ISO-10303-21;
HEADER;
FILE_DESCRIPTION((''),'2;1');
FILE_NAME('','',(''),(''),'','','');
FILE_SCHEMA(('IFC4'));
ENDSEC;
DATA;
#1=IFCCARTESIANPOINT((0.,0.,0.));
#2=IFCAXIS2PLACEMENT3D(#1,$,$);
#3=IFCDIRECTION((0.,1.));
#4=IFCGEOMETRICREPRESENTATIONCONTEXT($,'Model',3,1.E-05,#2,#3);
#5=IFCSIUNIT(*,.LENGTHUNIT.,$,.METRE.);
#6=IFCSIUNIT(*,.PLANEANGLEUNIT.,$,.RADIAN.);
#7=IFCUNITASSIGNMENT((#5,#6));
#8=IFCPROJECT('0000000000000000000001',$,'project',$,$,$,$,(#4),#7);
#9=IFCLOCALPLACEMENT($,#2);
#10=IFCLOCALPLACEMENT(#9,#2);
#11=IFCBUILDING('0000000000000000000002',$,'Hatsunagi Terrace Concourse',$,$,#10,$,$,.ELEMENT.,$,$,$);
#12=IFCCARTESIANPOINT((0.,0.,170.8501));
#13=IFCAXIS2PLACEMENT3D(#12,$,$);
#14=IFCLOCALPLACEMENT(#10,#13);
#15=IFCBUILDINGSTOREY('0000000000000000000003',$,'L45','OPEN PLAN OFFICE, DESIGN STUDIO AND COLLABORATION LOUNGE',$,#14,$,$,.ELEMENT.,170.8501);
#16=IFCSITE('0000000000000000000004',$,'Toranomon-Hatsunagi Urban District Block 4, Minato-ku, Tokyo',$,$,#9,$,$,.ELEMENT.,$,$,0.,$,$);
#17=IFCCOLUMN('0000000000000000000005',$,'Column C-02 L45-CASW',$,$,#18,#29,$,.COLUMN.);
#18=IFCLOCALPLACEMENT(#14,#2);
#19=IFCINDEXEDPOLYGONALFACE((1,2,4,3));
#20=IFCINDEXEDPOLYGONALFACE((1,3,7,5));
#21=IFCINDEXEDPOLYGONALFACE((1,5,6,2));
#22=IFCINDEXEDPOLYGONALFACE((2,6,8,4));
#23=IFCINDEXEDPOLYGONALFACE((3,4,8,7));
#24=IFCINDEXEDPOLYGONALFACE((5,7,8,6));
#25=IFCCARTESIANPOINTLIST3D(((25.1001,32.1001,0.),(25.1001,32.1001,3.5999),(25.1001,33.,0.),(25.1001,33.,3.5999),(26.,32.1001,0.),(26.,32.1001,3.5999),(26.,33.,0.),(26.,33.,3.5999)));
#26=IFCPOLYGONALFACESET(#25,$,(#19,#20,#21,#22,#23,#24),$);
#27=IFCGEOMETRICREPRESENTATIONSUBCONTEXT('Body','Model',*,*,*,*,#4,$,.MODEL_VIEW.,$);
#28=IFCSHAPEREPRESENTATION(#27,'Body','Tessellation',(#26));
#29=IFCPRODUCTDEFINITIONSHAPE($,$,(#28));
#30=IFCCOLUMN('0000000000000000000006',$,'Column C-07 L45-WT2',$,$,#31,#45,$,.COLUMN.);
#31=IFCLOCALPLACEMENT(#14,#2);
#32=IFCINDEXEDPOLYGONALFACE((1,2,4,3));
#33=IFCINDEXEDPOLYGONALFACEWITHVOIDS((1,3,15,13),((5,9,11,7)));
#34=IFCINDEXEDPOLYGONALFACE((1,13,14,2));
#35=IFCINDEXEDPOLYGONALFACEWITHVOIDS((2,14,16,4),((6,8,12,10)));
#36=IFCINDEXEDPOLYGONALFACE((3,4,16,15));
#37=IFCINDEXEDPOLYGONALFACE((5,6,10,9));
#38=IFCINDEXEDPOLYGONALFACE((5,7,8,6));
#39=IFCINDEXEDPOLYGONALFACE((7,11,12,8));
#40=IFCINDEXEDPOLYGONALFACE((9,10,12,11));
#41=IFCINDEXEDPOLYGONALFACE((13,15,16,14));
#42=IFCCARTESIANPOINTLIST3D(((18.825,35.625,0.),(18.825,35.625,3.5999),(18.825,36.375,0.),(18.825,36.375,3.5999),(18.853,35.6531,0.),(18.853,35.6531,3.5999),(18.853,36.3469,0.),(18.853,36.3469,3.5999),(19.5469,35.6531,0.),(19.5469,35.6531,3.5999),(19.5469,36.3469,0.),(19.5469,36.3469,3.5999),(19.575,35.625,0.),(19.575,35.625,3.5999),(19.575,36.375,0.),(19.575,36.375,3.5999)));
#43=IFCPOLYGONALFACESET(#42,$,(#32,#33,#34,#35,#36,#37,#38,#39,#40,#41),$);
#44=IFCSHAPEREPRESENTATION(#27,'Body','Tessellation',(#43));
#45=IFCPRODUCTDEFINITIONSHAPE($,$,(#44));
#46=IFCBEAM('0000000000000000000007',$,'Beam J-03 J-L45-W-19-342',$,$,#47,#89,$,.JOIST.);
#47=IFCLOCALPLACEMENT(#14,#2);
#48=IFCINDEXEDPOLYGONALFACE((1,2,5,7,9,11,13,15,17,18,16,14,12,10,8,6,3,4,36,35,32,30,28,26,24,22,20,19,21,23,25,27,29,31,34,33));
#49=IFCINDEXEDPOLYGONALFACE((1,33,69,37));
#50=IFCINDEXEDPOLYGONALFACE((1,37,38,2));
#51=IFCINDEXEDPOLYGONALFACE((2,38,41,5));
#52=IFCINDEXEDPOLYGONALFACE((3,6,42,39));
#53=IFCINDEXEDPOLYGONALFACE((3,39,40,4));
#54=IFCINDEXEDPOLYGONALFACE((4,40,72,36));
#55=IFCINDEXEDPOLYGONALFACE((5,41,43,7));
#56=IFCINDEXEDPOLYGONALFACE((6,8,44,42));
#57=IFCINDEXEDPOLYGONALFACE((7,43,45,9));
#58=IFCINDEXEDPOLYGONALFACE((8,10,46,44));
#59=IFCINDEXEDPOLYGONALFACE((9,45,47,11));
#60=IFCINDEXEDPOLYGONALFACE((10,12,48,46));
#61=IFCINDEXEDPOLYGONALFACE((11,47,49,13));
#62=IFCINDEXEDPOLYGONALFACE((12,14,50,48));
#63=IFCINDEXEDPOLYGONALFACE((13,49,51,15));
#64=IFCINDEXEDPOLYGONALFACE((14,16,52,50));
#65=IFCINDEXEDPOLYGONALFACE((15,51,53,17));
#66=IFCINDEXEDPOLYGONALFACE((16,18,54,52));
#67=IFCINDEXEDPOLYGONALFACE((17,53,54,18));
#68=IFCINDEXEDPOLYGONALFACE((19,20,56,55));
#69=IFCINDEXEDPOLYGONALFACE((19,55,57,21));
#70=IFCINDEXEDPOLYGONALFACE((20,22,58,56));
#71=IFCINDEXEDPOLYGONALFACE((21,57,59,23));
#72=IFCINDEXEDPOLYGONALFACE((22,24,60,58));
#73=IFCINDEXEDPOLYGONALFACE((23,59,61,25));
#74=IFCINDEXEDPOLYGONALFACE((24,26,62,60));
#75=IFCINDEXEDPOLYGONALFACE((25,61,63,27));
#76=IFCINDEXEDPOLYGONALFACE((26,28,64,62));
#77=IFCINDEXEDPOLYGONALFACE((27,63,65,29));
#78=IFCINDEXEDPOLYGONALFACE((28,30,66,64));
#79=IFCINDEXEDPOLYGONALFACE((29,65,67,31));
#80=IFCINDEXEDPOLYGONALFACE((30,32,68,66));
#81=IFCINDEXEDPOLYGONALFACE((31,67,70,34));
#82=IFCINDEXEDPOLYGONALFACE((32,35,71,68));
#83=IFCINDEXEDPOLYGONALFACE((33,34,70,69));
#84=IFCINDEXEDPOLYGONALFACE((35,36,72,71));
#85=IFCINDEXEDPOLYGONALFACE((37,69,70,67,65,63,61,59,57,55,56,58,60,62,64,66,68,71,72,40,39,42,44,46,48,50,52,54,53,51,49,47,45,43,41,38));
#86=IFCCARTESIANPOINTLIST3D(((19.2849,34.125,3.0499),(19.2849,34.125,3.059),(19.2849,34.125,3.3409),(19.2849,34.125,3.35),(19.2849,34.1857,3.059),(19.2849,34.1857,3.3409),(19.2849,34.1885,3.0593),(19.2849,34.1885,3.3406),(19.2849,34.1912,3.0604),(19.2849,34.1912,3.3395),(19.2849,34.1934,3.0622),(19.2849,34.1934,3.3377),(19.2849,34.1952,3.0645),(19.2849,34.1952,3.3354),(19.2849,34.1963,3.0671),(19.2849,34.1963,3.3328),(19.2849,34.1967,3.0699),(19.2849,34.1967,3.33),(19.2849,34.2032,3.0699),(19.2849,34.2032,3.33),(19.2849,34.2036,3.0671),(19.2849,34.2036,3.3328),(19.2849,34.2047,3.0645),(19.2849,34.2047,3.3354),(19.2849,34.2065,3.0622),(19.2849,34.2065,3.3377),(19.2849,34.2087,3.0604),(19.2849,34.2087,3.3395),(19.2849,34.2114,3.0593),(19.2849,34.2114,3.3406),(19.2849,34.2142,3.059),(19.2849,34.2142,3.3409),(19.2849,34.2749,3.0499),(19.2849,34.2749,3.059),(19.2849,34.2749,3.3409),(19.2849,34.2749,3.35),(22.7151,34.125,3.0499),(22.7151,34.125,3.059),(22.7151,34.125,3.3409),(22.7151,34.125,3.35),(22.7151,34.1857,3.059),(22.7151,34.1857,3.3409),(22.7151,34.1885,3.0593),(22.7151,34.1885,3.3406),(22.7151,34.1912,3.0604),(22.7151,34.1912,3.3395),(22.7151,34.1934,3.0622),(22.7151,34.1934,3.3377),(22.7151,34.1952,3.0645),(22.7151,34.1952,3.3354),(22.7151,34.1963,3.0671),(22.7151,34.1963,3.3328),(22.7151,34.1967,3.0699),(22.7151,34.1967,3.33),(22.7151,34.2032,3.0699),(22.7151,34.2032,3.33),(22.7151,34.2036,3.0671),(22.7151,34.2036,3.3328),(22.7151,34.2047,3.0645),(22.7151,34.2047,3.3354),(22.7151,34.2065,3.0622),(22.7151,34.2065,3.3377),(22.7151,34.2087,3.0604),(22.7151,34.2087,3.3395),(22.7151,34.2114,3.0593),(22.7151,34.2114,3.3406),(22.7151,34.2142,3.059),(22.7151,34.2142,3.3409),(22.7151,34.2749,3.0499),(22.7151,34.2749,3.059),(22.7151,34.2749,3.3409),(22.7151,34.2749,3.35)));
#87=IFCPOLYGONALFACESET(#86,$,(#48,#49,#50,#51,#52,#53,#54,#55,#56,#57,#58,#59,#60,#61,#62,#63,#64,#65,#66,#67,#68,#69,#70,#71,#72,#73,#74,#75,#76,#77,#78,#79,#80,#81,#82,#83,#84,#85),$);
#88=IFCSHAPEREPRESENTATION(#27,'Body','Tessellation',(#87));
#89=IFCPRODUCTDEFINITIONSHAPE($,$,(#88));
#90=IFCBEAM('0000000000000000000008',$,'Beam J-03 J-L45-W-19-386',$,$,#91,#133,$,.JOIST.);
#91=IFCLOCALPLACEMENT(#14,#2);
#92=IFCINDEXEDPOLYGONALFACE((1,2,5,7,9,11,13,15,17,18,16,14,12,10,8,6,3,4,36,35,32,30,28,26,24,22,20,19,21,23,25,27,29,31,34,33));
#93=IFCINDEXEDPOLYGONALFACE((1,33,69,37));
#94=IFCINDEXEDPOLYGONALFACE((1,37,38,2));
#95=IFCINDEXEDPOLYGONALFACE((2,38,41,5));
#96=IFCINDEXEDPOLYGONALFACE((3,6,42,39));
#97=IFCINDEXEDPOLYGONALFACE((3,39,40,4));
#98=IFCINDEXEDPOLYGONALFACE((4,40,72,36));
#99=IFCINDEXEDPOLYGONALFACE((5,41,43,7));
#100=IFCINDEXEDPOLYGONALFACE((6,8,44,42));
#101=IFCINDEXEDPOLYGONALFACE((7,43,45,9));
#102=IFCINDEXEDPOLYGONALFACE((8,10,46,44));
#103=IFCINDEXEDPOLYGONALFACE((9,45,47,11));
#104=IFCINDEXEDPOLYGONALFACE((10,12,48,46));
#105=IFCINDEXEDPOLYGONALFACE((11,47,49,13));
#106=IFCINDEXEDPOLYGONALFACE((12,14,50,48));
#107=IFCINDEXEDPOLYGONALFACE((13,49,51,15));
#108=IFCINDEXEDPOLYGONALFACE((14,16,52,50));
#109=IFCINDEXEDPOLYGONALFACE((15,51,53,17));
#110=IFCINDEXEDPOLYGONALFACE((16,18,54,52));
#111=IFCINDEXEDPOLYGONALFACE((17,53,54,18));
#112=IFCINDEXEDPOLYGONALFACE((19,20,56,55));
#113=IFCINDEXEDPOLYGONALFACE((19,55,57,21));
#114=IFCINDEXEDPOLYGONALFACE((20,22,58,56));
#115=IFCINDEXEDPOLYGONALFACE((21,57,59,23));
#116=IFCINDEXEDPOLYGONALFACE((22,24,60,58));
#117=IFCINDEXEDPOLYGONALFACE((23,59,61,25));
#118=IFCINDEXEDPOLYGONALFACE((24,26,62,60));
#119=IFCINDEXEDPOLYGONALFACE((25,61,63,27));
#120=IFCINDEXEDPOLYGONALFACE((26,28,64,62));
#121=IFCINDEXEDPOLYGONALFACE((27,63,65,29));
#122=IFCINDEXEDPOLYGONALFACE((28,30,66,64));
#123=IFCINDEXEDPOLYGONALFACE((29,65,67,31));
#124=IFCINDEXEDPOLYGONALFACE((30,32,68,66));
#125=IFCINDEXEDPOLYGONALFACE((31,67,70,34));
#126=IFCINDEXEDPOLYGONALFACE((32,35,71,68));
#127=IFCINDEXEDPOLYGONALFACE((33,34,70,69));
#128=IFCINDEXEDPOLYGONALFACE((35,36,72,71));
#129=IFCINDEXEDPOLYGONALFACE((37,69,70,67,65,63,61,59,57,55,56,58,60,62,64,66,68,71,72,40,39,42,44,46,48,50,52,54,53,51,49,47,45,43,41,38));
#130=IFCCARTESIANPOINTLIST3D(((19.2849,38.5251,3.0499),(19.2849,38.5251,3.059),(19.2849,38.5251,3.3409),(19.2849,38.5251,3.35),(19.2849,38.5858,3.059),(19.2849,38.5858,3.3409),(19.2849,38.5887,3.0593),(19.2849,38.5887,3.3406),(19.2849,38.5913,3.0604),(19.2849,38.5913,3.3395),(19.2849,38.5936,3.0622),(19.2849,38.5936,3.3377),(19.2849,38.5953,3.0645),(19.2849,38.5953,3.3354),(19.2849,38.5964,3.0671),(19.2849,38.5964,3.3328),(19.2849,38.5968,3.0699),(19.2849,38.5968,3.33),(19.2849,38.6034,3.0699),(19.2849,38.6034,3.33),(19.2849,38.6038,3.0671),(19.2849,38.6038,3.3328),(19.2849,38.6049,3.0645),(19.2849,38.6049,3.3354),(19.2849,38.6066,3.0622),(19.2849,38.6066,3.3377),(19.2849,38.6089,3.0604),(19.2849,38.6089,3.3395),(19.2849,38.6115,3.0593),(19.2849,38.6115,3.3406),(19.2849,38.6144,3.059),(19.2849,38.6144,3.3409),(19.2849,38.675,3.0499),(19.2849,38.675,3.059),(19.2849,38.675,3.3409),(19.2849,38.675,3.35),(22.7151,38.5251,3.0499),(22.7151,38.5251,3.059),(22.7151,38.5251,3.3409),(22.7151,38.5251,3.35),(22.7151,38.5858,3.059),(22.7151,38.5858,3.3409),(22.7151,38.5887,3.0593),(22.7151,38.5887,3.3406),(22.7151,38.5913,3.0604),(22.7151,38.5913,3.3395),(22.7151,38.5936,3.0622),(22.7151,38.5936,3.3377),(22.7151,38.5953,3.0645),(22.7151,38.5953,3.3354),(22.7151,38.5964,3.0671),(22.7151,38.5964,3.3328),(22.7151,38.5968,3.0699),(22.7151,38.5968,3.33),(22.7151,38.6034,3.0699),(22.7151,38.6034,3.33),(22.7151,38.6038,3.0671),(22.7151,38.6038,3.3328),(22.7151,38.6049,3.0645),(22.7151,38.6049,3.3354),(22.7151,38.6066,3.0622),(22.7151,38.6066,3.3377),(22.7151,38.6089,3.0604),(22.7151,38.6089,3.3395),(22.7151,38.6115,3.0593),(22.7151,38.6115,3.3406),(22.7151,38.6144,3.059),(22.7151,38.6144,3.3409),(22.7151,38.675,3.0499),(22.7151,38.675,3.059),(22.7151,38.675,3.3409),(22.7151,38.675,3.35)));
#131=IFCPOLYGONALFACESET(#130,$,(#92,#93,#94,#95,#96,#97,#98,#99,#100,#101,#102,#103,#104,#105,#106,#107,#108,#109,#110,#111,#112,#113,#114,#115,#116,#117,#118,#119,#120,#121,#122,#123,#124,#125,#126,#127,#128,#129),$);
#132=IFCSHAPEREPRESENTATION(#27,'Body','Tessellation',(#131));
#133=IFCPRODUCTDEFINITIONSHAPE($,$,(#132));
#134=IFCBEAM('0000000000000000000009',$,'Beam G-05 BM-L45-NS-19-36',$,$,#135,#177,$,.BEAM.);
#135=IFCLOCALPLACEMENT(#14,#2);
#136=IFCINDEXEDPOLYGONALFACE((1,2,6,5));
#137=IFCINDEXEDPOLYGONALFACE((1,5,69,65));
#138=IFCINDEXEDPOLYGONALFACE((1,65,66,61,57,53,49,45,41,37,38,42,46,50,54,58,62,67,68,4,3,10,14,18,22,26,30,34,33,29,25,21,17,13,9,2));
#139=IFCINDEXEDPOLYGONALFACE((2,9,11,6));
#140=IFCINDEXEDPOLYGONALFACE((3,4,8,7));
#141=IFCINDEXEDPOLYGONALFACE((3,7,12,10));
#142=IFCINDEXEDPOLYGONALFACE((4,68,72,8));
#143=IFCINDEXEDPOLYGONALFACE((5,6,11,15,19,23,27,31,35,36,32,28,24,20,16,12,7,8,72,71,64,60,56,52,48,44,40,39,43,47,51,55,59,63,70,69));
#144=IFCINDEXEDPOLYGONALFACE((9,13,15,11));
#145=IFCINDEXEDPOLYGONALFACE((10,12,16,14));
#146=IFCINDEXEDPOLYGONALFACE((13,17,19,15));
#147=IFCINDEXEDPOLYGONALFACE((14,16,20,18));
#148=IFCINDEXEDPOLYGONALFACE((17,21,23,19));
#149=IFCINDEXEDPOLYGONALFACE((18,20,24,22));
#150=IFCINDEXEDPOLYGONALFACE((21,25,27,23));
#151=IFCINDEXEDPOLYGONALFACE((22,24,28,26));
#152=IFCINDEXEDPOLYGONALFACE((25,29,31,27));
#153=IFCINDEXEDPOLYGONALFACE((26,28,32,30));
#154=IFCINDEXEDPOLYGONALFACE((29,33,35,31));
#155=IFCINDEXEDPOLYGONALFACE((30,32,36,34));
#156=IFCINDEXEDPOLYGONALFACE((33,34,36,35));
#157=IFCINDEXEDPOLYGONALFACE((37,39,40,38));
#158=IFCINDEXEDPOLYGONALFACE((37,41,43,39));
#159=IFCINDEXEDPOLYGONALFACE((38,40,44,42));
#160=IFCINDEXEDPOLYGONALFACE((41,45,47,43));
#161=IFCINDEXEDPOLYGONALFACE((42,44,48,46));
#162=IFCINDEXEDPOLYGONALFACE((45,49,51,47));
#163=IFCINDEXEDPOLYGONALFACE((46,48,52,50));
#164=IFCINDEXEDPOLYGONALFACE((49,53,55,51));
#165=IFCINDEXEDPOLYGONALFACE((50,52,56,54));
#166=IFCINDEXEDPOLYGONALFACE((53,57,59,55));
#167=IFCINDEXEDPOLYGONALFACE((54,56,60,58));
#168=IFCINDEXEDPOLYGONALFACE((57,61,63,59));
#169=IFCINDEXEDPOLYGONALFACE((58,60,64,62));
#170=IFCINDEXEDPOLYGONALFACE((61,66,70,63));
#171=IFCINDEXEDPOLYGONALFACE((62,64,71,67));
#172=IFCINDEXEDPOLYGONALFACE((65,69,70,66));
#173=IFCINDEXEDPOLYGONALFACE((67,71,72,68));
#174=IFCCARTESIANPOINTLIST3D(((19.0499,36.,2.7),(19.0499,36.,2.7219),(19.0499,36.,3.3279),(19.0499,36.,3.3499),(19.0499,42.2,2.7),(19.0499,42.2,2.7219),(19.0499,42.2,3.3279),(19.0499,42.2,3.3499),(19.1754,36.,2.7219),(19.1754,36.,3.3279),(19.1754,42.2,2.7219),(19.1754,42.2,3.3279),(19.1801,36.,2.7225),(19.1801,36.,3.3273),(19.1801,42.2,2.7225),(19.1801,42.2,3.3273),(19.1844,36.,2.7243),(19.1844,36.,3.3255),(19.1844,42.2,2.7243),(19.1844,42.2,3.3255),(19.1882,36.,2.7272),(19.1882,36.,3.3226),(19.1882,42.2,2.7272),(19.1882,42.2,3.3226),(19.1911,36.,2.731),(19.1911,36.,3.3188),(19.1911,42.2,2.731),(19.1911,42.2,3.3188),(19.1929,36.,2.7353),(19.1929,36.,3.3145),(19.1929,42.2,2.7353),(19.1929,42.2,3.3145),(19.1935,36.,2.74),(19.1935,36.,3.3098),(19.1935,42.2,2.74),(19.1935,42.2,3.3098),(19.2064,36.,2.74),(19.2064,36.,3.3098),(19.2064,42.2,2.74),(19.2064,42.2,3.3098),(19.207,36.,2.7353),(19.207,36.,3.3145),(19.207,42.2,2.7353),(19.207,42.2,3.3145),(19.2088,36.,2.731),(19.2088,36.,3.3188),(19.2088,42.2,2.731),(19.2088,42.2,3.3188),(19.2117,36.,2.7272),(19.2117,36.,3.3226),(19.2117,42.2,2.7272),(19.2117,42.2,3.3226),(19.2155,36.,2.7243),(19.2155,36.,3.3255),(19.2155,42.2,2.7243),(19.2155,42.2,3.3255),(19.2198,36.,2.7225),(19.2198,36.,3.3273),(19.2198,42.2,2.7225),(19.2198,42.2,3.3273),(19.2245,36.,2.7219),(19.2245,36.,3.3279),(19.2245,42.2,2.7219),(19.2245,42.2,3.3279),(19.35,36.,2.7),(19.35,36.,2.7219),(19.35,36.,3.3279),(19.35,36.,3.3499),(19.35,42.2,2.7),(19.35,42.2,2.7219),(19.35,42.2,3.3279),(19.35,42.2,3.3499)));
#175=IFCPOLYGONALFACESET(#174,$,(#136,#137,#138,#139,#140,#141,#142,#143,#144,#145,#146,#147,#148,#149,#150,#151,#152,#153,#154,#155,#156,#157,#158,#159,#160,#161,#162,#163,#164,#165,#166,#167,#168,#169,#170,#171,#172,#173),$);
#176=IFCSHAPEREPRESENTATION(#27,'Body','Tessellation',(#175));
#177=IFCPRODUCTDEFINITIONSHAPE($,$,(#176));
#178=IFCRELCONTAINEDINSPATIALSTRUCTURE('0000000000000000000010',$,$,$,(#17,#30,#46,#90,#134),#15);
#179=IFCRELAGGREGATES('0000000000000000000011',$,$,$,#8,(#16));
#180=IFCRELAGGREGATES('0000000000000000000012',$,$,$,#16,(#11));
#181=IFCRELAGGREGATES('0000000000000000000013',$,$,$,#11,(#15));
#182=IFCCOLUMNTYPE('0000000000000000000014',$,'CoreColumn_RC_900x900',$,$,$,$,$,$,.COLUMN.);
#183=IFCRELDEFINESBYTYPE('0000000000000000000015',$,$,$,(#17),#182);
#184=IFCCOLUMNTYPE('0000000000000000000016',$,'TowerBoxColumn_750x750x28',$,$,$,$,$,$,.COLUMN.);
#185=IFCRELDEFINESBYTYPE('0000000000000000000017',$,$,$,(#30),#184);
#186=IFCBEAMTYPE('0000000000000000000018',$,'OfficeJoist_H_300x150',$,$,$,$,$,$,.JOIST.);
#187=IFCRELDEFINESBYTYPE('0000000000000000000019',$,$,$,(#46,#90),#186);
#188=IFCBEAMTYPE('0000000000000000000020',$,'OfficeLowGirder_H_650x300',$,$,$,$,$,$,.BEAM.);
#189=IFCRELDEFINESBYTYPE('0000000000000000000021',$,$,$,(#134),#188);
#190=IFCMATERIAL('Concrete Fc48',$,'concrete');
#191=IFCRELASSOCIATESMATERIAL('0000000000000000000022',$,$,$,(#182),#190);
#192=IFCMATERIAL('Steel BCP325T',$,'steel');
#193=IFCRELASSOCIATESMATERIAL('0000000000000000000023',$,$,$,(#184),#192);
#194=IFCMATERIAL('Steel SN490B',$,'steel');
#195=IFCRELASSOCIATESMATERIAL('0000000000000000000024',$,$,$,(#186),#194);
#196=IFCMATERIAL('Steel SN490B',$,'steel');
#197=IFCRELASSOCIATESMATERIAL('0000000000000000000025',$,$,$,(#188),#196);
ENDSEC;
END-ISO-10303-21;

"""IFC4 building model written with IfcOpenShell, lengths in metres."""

from ifc_helpers import new_model, si_unit, direction, frame, origin, origin_2d, place, context, subcontext, project, spatial, rectangle, hollow_rectangle, i_section, extrude, material, material_profile, profile_set, type_object, element, save


model = new_model("IFC4")

# Units and contexts
model_context = context("Model", 3, precision=1e-05, world=origin(), true_north=direction((0.0, 1.0)))
body_context = subcontext(model_context, "Body", "Model", "MODEL_VIEW")
ifc_project = project(units=[si_unit("LENGTHUNIT", "METRE"), si_unit("PLANEANGLEUNIT", "RADIAN")], contexts=[model_context])

# Site, building, storey
site_placement = place(None, origin())
site = spatial("IfcSite", under=ifc_project, at=site_placement, Name="Toranomon-Hatsunagi Urban District Block 4, Minato-ku, Tokyo", CompositionType="ELEMENT", RefElevation=0.0)
building_placement = place(site_placement, origin())
building = spatial("IfcBuilding", under=site, at=building_placement, Name="Hatsunagi Terrace Concourse", CompositionType="ELEMENT")
storey_placement = place(building_placement, frame((0.0, 0.0, 170.8501)))
storey = spatial("IfcBuildingStorey", under=building, at=storey_placement, Name="L45", Description="OPEN PLAN OFFICE, DESIGN STUDIO AND COLLABORATION LOUNGE", CompositionType="ELEMENT", Elevation=170.8501)

# Columns
ifc_material_1 = material(Name="Concrete Fc48", Category="concrete")
ifc_material_profile_1 = material_profile(ifc_material_1, rectangle(XDim=0.8999, YDim=0.8999, at=origin_2d()), Name="RC-900x900")
ifc_profile_set_1 = profile_set([ifc_material_profile_1], Name="Concrete Fc48")
column_type_1 = type_object("IfcColumnType", Name="CoreColumn_RC_900x900", PredefinedType="COLUMN", material=ifc_profile_set_1)
column_1_placement = place(storey_placement, frame((25.55, 32.55, 0.0), z_axis=(0.0, 0.0, 1.0), x_axis=(1.0, 0.0, 0.0)))
element("IfcColumn", 1, at=column_1_placement, inside=storey, type_object=column_type_1, Name="Column C-02 L45-CASW", PredefinedType="COLUMN", context=body_context, shape_type="SweptSolid", body=[
    extrude(rectangle(XDim=0.8999, YDim=0.8999, at=origin_2d()), origin(), (0.0, 0.0, 1.0), 3.5999),
])
ifc_material_2 = material(Name="Steel BCP325T", Category="steel")
ifc_material_profile_2 = material_profile(ifc_material_2, hollow_rectangle(XDim=0.75, YDim=0.75, WallThickness=0.0281, at=origin_2d()), Name="BCP-750x750x28")
ifc_profile_set_2 = profile_set([ifc_material_profile_2], Name="Steel BCP325T")
column_type_2 = type_object("IfcColumnType", Name="TowerBoxColumn_750x750x28", PredefinedType="COLUMN", material=ifc_profile_set_2)
column_2_placement = place(storey_placement, frame((19.2, 36.0, 0.0), z_axis=(0.0, 0.0, 1.0), x_axis=(1.0, 0.0, 0.0)))
element("IfcColumn", 2, at=column_2_placement, inside=storey, type_object=column_type_2, Name="Column C-07 L45-WT2", PredefinedType="COLUMN", context=body_context, shape_type="SweptSolid", body=[
    extrude(hollow_rectangle(XDim=0.75, YDim=0.75, WallThickness=0.0281, at=origin_2d()), origin(), (0.0, 0.0, 1.0), 3.5999),
])

# Beams
ifc_material_3 = material(Name="Steel SN490B", Category="steel")
ifc_material_profile_3 = material_profile(ifc_material_3, i_section(OverallWidth=0.1499, OverallDepth=0.3, WebThickness=0.0066, FlangeThickness=0.009, FilletRadius=0.011, at=origin_2d()), Name="H-300x150x6.5x9")
ifc_profile_set_3 = profile_set([ifc_material_profile_3], Name="Steel SN490B")
beam_type_1 = type_object("IfcBeamType", Name="OfficeJoist_H_300x150", PredefinedType="JOIST", material=ifc_profile_set_3)
for number, where, z_axis, x_axis, name in (
    (3, (19.2849, 34.2, 3.2), (1.0, 0.0, 0.0), (0.0, 1.0, 0.0), "Beam J-03 J-L45-W-19-342"),
    (4, (19.2849, 38.6001, 3.2), (1.0, 0.0, 0.0), (0.0, 1.0, 0.0), "Beam J-03 J-L45-W-19-386"),
):
    element("IfcBeam", number, at=place(storey_placement, frame(where, z_axis=z_axis, x_axis=x_axis)), inside=storey, type_object=beam_type_1, Name=name, PredefinedType="JOIST", context=body_context, shape_type="SweptSolid", body=[
        extrude(i_section(OverallWidth=0.1499, OverallDepth=0.3, WebThickness=0.0066, FlangeThickness=0.009, FilletRadius=0.011, at=origin_2d()), origin(), (0.0, 0.0, 1.0), 3.4302),
    ])
ifc_material_4 = material(Name="Steel SN490B", Category="steel")
ifc_material_profile_4 = material_profile(ifc_material_4, i_section(OverallWidth=0.3, OverallDepth=0.6499, WebThickness=0.0129, FlangeThickness=0.022, FilletRadius=0.0181, at=origin_2d()), Name="H-650x300x13x22")
ifc_profile_set_4 = profile_set([ifc_material_profile_4], Name="Steel SN490B")
beam_type_2 = type_object("IfcBeamType", Name="OfficeLowGirder_H_650x300", PredefinedType="BEAM", material=ifc_profile_set_4)
beam_1_placement = place(storey_placement, frame((19.2, 36.0, 3.0249), z_axis=(0.0, 1.0, 0.0), x_axis=(-1.0, 0.0, 0.0)))
element("IfcBeam", 5, at=beam_1_placement, inside=storey, type_object=beam_type_2, Name="Beam G-05 BM-L45-NS-19-36", PredefinedType="BEAM", context=body_context, shape_type="SweptSolid", body=[
    extrude(i_section(OverallWidth=0.3, OverallDepth=0.6499, WebThickness=0.0129, FlangeThickness=0.022, FilletRadius=0.0181, at=origin_2d()), origin(), (0.0, 0.0, 1.0), 6.2),
])

save(model, "model.ifc")
